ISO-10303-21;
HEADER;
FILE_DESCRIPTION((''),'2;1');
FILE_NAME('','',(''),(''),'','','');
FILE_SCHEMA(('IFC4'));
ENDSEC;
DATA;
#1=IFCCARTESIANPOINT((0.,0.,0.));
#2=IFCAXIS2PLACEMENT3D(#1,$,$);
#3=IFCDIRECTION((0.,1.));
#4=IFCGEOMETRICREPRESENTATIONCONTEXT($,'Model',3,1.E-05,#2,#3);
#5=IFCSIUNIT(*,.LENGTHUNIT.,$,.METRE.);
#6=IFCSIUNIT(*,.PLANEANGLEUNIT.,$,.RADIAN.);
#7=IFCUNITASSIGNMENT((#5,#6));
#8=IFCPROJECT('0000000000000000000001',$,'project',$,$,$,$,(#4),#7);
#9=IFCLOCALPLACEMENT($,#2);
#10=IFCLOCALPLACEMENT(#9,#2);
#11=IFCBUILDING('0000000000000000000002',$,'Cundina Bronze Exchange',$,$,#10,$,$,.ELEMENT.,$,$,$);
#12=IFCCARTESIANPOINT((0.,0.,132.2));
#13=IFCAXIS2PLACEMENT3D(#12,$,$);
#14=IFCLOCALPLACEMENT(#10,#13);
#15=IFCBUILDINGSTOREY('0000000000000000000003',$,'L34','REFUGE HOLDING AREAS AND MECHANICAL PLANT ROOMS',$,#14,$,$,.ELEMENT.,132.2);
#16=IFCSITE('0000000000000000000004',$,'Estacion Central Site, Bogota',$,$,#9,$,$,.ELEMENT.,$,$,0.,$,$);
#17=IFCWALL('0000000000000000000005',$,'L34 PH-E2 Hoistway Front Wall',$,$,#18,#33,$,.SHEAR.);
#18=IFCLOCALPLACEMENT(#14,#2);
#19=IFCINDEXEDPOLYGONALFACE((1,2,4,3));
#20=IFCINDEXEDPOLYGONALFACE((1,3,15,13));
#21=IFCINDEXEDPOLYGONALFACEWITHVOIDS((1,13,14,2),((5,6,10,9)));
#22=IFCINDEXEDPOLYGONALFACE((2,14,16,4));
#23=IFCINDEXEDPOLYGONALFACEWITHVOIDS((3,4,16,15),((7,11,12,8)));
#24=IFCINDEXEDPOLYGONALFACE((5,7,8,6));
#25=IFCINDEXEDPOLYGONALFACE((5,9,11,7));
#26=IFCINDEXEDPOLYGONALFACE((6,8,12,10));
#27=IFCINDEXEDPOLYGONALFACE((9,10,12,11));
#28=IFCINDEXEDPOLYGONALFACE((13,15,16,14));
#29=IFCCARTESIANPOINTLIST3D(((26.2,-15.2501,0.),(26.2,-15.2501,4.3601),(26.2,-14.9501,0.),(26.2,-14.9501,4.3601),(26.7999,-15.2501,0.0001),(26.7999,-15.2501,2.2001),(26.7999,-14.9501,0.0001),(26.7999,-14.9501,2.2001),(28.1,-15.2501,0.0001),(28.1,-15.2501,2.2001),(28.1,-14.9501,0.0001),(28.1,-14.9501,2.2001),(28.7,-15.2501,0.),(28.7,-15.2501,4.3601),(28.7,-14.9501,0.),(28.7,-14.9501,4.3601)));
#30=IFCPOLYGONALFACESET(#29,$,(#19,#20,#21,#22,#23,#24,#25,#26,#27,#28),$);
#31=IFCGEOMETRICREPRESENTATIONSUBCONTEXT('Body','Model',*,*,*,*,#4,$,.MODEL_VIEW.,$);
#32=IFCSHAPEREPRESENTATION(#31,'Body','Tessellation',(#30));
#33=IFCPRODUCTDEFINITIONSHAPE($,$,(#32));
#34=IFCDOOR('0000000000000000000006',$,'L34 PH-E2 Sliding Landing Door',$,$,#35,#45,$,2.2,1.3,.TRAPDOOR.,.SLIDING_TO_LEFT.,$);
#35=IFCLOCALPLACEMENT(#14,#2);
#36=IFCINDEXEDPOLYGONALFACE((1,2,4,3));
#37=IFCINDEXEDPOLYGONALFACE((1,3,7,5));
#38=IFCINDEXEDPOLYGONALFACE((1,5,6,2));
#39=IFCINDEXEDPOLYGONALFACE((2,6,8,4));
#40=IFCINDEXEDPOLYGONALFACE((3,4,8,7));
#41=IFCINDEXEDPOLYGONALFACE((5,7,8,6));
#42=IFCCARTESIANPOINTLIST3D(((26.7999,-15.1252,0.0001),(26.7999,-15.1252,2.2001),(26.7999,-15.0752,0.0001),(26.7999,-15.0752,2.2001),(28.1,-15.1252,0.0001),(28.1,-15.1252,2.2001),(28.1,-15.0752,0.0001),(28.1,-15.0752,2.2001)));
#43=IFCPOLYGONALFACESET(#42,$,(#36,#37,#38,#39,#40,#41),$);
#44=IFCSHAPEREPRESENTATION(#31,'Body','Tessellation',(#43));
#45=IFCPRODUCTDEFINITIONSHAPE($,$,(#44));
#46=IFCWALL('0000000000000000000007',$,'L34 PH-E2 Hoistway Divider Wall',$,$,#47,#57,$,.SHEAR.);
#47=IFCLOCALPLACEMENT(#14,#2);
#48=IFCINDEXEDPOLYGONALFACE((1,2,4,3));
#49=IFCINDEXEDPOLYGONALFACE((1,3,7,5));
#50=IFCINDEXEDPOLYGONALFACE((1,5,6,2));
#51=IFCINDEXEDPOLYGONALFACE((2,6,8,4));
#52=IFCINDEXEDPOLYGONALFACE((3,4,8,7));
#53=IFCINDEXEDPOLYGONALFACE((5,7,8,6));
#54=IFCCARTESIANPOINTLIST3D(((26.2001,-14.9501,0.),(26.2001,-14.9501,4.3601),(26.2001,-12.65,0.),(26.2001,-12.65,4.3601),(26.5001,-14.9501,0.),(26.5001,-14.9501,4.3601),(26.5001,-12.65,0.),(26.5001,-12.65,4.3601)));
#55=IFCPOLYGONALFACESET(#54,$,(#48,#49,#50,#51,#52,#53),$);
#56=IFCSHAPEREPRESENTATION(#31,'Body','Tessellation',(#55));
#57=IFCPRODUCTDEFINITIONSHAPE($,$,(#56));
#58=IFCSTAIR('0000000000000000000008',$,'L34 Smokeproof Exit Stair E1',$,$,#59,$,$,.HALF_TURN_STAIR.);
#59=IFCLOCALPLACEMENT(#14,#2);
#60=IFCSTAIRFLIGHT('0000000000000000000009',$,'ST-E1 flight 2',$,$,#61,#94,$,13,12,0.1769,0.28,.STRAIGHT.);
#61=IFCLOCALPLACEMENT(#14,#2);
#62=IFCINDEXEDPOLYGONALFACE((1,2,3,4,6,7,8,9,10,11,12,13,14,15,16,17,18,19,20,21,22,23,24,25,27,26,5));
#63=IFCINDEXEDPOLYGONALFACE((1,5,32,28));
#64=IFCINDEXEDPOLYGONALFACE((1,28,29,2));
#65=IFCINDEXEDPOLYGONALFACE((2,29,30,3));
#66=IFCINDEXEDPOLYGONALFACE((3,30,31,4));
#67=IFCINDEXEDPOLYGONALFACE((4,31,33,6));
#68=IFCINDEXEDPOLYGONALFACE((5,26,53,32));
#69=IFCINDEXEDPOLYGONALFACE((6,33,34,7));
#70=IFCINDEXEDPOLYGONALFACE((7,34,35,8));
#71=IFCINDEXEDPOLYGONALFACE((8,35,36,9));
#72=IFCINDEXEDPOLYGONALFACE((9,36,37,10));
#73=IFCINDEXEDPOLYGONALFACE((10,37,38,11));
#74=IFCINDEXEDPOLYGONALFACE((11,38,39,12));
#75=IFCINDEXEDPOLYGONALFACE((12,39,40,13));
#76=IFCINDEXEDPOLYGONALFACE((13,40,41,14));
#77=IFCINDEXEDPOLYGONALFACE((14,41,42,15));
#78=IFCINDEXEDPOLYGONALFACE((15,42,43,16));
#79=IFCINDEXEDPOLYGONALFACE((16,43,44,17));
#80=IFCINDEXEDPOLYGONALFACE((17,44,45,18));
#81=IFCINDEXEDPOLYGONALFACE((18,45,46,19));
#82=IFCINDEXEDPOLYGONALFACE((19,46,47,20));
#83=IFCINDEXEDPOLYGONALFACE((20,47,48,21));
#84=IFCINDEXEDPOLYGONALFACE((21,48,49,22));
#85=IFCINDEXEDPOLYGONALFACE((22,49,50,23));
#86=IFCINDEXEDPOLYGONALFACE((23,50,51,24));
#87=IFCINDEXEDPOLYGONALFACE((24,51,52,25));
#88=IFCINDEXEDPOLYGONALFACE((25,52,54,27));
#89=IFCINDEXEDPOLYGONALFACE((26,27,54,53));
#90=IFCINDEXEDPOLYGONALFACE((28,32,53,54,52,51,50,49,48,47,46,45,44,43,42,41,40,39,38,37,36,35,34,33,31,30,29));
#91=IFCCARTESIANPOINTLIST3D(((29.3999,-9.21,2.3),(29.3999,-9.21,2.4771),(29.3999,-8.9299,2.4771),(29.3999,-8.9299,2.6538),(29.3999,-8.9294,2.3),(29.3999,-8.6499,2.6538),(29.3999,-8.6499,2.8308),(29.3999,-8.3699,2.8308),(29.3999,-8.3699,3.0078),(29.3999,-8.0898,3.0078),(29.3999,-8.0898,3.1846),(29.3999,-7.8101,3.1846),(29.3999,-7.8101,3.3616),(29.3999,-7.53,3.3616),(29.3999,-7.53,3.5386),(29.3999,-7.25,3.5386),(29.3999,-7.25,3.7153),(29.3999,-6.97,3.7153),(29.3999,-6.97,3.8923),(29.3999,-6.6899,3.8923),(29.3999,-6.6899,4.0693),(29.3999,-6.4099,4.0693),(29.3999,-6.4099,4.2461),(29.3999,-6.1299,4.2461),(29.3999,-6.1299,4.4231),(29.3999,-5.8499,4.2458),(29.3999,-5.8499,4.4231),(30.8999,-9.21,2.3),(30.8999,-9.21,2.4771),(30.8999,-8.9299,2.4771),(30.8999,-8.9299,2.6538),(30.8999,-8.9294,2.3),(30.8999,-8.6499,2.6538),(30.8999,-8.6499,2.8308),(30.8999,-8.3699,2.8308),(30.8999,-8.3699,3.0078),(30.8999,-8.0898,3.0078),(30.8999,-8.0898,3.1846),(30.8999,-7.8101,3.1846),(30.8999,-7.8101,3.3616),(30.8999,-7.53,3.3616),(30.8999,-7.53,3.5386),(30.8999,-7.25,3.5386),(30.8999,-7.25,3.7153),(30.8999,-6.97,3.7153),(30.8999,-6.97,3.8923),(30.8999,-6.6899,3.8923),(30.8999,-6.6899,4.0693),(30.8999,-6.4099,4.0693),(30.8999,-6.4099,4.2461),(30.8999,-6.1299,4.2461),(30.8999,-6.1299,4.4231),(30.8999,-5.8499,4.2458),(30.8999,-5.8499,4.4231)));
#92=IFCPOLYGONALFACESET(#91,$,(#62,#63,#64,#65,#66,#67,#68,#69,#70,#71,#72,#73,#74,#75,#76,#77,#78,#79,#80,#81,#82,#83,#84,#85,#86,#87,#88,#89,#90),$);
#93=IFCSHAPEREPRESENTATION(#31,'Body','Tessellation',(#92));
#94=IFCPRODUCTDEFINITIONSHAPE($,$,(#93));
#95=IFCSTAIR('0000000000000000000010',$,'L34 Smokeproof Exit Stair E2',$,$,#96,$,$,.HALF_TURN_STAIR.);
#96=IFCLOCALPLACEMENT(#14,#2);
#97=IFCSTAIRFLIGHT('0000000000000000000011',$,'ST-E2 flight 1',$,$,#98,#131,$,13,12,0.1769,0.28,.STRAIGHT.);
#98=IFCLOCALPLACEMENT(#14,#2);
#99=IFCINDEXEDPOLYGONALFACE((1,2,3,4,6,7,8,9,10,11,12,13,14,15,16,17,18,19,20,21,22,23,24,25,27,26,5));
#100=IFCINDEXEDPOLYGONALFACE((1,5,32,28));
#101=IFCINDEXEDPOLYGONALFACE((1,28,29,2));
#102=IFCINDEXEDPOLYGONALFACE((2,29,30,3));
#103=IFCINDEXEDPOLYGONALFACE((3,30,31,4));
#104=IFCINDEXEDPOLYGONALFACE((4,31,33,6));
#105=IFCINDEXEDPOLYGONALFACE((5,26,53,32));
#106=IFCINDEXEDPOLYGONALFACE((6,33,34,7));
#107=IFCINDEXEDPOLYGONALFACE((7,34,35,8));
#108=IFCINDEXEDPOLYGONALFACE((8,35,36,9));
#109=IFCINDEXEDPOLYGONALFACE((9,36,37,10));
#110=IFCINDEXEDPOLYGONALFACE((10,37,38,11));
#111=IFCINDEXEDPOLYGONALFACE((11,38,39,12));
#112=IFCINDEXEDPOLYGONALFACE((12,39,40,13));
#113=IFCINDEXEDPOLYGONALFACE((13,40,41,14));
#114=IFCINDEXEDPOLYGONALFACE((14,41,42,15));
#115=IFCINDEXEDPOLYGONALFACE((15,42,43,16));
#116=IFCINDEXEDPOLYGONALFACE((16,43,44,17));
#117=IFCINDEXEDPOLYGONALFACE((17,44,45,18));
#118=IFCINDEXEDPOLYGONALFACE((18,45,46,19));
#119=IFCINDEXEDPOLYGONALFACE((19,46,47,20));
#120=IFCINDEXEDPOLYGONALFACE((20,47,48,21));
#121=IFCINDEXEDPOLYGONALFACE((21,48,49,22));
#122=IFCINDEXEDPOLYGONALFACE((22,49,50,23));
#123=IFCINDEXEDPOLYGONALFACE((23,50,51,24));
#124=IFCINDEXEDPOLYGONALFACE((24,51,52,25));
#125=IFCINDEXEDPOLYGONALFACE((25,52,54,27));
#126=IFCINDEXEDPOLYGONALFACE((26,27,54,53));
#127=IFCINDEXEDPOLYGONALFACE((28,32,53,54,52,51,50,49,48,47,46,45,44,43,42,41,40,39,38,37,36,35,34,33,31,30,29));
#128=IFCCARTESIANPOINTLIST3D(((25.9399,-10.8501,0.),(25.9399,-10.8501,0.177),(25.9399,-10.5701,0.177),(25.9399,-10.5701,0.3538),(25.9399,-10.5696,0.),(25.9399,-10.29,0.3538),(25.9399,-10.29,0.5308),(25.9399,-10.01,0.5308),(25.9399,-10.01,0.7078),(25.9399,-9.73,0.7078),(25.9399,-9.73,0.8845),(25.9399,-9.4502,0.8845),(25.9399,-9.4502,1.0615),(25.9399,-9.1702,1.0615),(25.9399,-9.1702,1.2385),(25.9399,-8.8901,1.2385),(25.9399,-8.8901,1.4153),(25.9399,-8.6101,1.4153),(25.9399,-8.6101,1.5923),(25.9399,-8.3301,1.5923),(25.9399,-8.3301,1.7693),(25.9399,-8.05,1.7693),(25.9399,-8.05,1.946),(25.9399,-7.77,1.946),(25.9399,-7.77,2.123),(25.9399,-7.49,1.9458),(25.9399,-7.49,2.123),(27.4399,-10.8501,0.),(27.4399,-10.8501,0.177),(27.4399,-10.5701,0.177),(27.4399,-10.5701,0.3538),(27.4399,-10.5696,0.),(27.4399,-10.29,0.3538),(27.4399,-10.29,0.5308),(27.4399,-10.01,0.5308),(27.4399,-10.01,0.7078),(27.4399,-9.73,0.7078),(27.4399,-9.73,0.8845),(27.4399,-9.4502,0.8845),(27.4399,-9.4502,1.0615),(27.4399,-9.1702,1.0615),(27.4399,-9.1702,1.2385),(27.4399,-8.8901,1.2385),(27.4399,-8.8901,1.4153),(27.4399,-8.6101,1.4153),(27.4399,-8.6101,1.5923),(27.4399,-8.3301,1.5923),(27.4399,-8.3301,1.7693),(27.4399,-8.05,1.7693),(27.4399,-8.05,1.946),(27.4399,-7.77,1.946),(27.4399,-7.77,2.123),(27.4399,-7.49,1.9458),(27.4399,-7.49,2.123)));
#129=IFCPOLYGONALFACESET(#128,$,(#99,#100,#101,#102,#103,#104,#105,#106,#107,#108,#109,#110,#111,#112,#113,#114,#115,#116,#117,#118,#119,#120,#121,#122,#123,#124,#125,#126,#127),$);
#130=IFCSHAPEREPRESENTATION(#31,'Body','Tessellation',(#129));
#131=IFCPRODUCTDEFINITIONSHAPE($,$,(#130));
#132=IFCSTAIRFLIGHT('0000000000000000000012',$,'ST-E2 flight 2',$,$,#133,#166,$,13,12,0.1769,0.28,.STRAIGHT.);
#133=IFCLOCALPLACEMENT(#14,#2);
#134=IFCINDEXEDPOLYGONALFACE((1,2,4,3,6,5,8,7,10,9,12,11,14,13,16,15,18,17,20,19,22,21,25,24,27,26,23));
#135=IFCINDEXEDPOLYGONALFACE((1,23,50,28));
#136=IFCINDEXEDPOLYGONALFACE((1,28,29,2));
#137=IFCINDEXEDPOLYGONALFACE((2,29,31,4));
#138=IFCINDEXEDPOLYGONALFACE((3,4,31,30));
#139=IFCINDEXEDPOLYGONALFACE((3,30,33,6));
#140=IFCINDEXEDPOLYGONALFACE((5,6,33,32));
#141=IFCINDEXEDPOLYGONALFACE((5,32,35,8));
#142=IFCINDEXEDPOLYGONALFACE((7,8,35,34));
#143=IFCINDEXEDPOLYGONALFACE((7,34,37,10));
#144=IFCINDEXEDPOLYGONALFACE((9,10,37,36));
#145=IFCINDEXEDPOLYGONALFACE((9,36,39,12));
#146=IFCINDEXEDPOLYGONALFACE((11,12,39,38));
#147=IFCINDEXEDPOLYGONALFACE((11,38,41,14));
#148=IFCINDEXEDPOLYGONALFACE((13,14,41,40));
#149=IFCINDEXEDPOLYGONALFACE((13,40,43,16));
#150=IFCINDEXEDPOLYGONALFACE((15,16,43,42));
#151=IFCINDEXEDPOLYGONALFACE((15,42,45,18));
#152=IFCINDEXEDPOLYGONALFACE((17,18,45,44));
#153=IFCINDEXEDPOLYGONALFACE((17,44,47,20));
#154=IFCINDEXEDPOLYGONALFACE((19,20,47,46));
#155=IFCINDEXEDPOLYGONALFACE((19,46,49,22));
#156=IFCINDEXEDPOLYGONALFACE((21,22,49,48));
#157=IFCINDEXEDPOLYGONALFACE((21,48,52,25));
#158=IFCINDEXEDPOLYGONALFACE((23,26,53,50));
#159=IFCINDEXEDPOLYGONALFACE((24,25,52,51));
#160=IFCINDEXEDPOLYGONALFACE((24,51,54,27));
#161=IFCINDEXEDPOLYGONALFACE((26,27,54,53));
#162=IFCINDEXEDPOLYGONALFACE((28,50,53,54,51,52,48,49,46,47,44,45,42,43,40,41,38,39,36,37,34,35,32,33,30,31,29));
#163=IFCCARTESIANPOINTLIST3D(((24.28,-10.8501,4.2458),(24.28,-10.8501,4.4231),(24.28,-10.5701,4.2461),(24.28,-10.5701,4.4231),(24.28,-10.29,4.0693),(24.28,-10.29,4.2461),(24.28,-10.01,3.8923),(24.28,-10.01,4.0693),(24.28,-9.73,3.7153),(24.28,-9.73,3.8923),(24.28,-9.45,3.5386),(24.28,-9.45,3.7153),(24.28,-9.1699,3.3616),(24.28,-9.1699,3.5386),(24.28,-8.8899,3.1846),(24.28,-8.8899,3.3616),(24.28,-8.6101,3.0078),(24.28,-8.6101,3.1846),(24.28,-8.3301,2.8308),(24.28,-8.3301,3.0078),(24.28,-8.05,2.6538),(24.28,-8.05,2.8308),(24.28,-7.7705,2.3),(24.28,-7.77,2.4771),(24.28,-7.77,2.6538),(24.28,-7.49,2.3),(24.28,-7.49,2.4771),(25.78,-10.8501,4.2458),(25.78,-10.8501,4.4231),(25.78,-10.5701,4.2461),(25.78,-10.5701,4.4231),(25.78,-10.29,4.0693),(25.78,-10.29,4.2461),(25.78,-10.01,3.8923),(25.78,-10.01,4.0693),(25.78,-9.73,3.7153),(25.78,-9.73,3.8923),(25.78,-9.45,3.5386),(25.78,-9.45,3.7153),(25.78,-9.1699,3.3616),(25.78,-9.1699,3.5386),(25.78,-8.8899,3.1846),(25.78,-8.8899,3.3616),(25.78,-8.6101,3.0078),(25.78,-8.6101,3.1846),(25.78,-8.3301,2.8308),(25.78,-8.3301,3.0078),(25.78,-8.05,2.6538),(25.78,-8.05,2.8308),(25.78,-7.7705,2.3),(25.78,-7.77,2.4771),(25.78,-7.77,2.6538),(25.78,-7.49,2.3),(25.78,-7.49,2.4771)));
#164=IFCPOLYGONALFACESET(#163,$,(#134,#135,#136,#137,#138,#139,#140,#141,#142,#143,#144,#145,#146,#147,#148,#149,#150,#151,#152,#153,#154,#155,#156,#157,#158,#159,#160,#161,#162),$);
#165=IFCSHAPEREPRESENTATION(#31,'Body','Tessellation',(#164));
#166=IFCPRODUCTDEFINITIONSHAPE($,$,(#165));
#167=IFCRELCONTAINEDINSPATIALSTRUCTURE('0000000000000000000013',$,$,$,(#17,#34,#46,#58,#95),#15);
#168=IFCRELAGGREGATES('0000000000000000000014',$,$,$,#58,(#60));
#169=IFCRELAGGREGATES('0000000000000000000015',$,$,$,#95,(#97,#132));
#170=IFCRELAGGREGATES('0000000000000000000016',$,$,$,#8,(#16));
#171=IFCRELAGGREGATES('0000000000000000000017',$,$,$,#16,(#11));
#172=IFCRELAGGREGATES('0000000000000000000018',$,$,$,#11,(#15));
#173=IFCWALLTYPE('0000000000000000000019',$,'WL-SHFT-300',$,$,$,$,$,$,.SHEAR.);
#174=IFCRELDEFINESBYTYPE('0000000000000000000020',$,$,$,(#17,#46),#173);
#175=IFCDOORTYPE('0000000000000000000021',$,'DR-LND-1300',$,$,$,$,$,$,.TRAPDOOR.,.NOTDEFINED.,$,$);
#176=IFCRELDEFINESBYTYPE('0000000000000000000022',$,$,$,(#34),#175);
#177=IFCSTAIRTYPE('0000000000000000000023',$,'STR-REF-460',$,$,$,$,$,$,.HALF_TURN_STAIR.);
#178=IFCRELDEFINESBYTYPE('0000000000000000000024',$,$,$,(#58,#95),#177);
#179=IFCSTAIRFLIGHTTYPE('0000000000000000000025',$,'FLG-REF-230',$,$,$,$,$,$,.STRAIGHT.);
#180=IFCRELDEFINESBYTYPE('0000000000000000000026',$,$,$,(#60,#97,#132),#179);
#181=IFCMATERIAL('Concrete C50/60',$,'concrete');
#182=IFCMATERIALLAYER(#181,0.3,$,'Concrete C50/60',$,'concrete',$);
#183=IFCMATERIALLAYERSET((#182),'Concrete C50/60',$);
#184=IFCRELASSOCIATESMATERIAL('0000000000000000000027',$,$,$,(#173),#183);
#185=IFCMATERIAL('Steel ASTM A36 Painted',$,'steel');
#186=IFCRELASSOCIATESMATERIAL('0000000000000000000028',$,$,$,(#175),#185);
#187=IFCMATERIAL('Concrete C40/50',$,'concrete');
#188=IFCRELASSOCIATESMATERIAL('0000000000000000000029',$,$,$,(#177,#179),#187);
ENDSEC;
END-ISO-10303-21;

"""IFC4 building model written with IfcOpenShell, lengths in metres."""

from ifc_helpers import new_model, si_unit, direction, frame, frame_2d, origin, place, context, subcontext, project, spatial, polyline, rectangle, outline, extrude, material, layer, layer_set, type_object, element, fill, aggregate, save


model = new_model("IFC4")

# Units and contexts
model_context = context("Model", 3, precision=1e-05, world=origin(), true_north=direction((0.0, 1.0)))
body_context = subcontext(model_context, "Body", "Model", "MODEL_VIEW")
ifc_project = project(units=[si_unit("LENGTHUNIT", "METRE"), si_unit("PLANEANGLEUNIT", "RADIAN")], contexts=[model_context])

# Site, building, storey
site_placement = place(None, origin())
site = spatial("IfcSite", under=ifc_project, at=site_placement, Name="Estacion Central Site, Bogota", CompositionType="ELEMENT", RefElevation=0.0)
building_placement = place(site_placement, origin())
building = spatial("IfcBuilding", under=site, at=building_placement, Name="Cundina Bronze Exchange", CompositionType="ELEMENT")
storey_placement = place(building_placement, frame((0.0, 0.0, 132.2)))
storey = spatial("IfcBuildingStorey", under=building, at=storey_placement, Name="L34", Description="REFUGE HOLDING AREAS AND MECHANICAL PLANT ROOMS", CompositionType="ELEMENT", Elevation=132.2)

# Shared definitions
ifc_material_1 = material(Name="Concrete C50/60", Category="concrete")
ifc_layer_1 = layer(ifc_material_1, 0.3, Name="Concrete C50/60", Category="concrete")
ifc_layer_set_1 = layer_set([ifc_layer_1], Name="Concrete C50/60")
wall_type_1 = type_object("IfcWallType", Name="WL-SHFT-300", PredefinedType="SHEAR", material=ifc_layer_set_1)

# Shared definitions
ifc_material_2 = material(Name="Steel ASTM A36 Painted", Category="steel")
door_type_1 = type_object("IfcDoorType", Name="DR-LND-1300", OperationType="NOTDEFINED", PredefinedType="TRAPDOOR", material=ifc_material_2)

# Wall, opening, door
wall_1_placement = place(storey_placement, frame((26.2, -15.1001, 0.0), z_axis=(0.0, 0.0, 1.0), x_axis=(1.0, 0.0, 0.0)))
wall_1 = element("IfcWall", 1, at=wall_1_placement, inside=storey, type_object=wall_type_1, Name="L34 PH-E2 Hoistway Front Wall", PredefinedType="SHEAR", context=body_context, shape_type="SweptSolid", body=[
    extrude(rectangle(XDim=2.5, YDim=0.3, at=frame_2d((1.25, 0.0))), origin(), (0.0, 0.0, 1.0), 4.3601),
])
opening_1_placement = place(wall_1_placement, frame((0.6001, 0.0, 0.0)))
opening_1 = element("IfcOpeningElement", 2, at=opening_1_placement, cuts=wall_1, PredefinedType="OPENING", context=body_context, shape_type="SweptSolid", body=[
    extrude(rectangle(XDim=1.3, YDim=2.2, at=frame_2d((0.6499, 1.1001))), frame((0.0, 0.1599, 0.0), z_axis=(0.0, -1.0, 0.0), x_axis=(1.0, 0.0, 0.0)), (0.0, 0.0, 1.0), 0.3201),
])
door_1_placement = place(opening_1_placement, origin())
door_1 = element("IfcDoor", 3, at=door_1_placement, inside=storey, type_object=door_type_1, Name="L34 PH-E2 Sliding Landing Door", OperationType="SLIDING_TO_LEFT", OverallHeight=2.2, OverallWidth=1.3, PredefinedType="TRAPDOOR", context=body_context, shape_type="SweptSolid", body=[
    extrude(rectangle(XDim=1.3, YDim=2.2, at=frame_2d((0.6499, 1.1001))), frame((0.0, 0.0249, 0.0), z_axis=(0.0, -1.0, 0.0), x_axis=(1.0, 0.0, 0.0)), (0.0, 0.0, 1.0), 0.05),
])
fill(opening_1, door_1)

# Wall
wall_2_placement = place(storey_placement, frame((26.3501, -14.95, 0.0), z_axis=(0.0, 0.0, 1.0), x_axis=(0.0, 1.0, 0.0)))
element("IfcWall", 4, at=wall_2_placement, inside=storey, type_object=wall_type_1, Name="L34 PH-E2 Hoistway Divider Wall", PredefinedType="SHEAR", context=body_context, shape_type="SweptSolid", body=[
    extrude(rectangle(XDim=2.3, YDim=0.3, at=frame_2d((1.1499, 0.0))), origin(), (0.0, 0.0, 1.0), 4.3601),
])

# Stair, stair flight
ifc_material_3 = material(Name="Concrete C40/50", Category="concrete")
stair_type = type_object("IfcStairType", Name="STR-REF-460", PredefinedType="HALF_TURN_STAIR", material=ifc_material_3)
stair_1_placement = place(storey_placement, origin())
stair_1 = element("IfcStair", 5, at=stair_1_placement, inside=storey, type_object=stair_type, Name="L34 Smokeproof Exit Stair E1", PredefinedType="HALF_TURN_STAIR")
stair_flight_type = type_object("IfcStairFlightType", Name="FLG-REF-230", PredefinedType="STRAIGHT", material=ifc_material_3)
stair_flight_1_placement = place(storey_placement, frame((30.1499, -9.21, 2.3), z_axis=(0.0, 0.0, 1.0), x_axis=(0.0, 1.0, 0.0)))
stair_flight_1 = element("IfcStairFlight", 6, at=stair_flight_1_placement, type_object=stair_flight_type, Name="ST-E1 flight 2", NumberOfRisers=13, NumberOfTreads=12, PredefinedType="STRAIGHT", RiserHeight=0.1769, TreadLength=0.28, context=body_context, shape_type="SweptSolid", body=[
    extrude(outline(polyline([(0.0, 0.0), (0.0, 0.177), (0.28, 0.177), (0.28, 0.3538), (0.5601, 0.3538), (0.5601, 0.5308), (0.8401, 0.5308), (0.8401, 0.7078), (1.1201, 0.7078), (1.1201, 0.8845), (1.3999, 0.8845), (1.3999, 1.0615), (1.6799, 1.0615), (1.6799, 1.2385), (1.96, 1.2385), (1.96, 1.4153), (2.24, 1.4153), (2.24, 1.5923), (2.52, 1.5923), (2.52, 1.7693), (2.8, 1.7693), (2.8, 1.946), (3.0801, 1.946), (3.0801, 2.123), (3.3601, 2.123), (3.3601, 2.3), (3.3601, 1.9458), (0.2805, 0.0), (0.0, 0.0)])), frame((0.0, 0.75, 0.0), z_axis=(0.0, -1.0, 0.0), x_axis=(1.0, 0.0, 0.0)), (0.0, 0.0, 1.0), 1.5),
])
aggregate(stair_1, [stair_flight_1])

# Stair, stair flights
stair_2_placement = place(storey_placement, origin())
stair_2 = element("IfcStair", 7, at=stair_2_placement, inside=storey, type_object=stair_type, Name="L34 Smokeproof Exit Stair E2", PredefinedType="HALF_TURN_STAIR")
stair_flight_2_placement = place(storey_placement, frame((26.6899, -10.8501, 0.0), z_axis=(0.0, 0.0, 1.0), x_axis=(0.0, 1.0, 0.0)))
stair_flight_2 = element("IfcStairFlight", 8, at=stair_flight_2_placement, type_object=stair_flight_type, Name="ST-E2 flight 1", NumberOfRisers=13, NumberOfTreads=12, PredefinedType="STRAIGHT", RiserHeight=0.1769, TreadLength=0.28, context=body_context, shape_type="SweptSolid", body=[
    extrude(outline(polyline([(0.0, 0.0), (0.0, 0.177), (0.28, 0.177), (0.28, 0.3538), (0.5601, 0.3538), (0.5601, 0.5308), (0.8401, 0.5308), (0.8401, 0.7078), (1.1201, 0.7078), (1.1201, 0.8845), (1.3999, 0.8845), (1.3999, 1.0615), (1.6799, 1.0615), (1.6799, 1.2385), (1.96, 1.2385), (1.96, 1.4153), (2.24, 1.4153), (2.24, 1.5923), (2.52, 1.5923), (2.52, 1.7693), (2.8, 1.7693), (2.8, 1.946), (3.0801, 1.946), (3.0801, 2.123), (3.3601, 2.123), (3.3601, 2.3), (3.3601, 1.9458), (0.2805, 0.0), (0.0, 0.0)])), frame((0.0, 0.75, 0.0), z_axis=(0.0, -1.0, 0.0), x_axis=(1.0, 0.0, 0.0)), (0.0, 0.0, 1.0), 1.5),
])
stair_flight_3_placement = place(storey_placement, frame((25.03, -7.49, 2.3), z_axis=(0.0, 0.0, 1.0), x_axis=(0.0, -1.0, 0.0)))
stair_flight_3 = element("IfcStairFlight", 9, at=stair_flight_3_placement, type_object=stair_flight_type, Name="ST-E2 flight 2", NumberOfRisers=13, NumberOfTreads=12, PredefinedType="STRAIGHT", RiserHeight=0.1769, TreadLength=0.28, context=body_context, shape_type="SweptSolid", body=[
    extrude(outline(polyline([(0.0, 0.0), (0.0, 0.177), (0.28, 0.177), (0.28, 0.3538), (0.5601, 0.3538), (0.5601, 0.5308), (0.8401, 0.5308), (0.8401, 0.7078), (1.1201, 0.7078), (1.1201, 0.8845), (1.3999, 0.8845), (1.3999, 1.0615), (1.6799, 1.0615), (1.6799, 1.2385), (1.96, 1.2385), (1.96, 1.4153), (2.24, 1.4153), (2.24, 1.5923), (2.52, 1.5923), (2.52, 1.7693), (2.8, 1.7693), (2.8, 1.946), (3.0801, 1.946), (3.0801, 2.123), (3.3601, 2.123), (3.3601, 2.3), (3.3601, 1.9458), (0.2805, 0.0), (0.0, 0.0)])), frame((0.0, 0.75, 0.0), z_axis=(0.0, -1.0, 0.0), x_axis=(1.0, 0.0, 0.0)), (0.0, 0.0, 1.0), 1.5),
])
aggregate(stair_2, [stair_flight_2, stair_flight_3])

save(model, "model.ifc")
